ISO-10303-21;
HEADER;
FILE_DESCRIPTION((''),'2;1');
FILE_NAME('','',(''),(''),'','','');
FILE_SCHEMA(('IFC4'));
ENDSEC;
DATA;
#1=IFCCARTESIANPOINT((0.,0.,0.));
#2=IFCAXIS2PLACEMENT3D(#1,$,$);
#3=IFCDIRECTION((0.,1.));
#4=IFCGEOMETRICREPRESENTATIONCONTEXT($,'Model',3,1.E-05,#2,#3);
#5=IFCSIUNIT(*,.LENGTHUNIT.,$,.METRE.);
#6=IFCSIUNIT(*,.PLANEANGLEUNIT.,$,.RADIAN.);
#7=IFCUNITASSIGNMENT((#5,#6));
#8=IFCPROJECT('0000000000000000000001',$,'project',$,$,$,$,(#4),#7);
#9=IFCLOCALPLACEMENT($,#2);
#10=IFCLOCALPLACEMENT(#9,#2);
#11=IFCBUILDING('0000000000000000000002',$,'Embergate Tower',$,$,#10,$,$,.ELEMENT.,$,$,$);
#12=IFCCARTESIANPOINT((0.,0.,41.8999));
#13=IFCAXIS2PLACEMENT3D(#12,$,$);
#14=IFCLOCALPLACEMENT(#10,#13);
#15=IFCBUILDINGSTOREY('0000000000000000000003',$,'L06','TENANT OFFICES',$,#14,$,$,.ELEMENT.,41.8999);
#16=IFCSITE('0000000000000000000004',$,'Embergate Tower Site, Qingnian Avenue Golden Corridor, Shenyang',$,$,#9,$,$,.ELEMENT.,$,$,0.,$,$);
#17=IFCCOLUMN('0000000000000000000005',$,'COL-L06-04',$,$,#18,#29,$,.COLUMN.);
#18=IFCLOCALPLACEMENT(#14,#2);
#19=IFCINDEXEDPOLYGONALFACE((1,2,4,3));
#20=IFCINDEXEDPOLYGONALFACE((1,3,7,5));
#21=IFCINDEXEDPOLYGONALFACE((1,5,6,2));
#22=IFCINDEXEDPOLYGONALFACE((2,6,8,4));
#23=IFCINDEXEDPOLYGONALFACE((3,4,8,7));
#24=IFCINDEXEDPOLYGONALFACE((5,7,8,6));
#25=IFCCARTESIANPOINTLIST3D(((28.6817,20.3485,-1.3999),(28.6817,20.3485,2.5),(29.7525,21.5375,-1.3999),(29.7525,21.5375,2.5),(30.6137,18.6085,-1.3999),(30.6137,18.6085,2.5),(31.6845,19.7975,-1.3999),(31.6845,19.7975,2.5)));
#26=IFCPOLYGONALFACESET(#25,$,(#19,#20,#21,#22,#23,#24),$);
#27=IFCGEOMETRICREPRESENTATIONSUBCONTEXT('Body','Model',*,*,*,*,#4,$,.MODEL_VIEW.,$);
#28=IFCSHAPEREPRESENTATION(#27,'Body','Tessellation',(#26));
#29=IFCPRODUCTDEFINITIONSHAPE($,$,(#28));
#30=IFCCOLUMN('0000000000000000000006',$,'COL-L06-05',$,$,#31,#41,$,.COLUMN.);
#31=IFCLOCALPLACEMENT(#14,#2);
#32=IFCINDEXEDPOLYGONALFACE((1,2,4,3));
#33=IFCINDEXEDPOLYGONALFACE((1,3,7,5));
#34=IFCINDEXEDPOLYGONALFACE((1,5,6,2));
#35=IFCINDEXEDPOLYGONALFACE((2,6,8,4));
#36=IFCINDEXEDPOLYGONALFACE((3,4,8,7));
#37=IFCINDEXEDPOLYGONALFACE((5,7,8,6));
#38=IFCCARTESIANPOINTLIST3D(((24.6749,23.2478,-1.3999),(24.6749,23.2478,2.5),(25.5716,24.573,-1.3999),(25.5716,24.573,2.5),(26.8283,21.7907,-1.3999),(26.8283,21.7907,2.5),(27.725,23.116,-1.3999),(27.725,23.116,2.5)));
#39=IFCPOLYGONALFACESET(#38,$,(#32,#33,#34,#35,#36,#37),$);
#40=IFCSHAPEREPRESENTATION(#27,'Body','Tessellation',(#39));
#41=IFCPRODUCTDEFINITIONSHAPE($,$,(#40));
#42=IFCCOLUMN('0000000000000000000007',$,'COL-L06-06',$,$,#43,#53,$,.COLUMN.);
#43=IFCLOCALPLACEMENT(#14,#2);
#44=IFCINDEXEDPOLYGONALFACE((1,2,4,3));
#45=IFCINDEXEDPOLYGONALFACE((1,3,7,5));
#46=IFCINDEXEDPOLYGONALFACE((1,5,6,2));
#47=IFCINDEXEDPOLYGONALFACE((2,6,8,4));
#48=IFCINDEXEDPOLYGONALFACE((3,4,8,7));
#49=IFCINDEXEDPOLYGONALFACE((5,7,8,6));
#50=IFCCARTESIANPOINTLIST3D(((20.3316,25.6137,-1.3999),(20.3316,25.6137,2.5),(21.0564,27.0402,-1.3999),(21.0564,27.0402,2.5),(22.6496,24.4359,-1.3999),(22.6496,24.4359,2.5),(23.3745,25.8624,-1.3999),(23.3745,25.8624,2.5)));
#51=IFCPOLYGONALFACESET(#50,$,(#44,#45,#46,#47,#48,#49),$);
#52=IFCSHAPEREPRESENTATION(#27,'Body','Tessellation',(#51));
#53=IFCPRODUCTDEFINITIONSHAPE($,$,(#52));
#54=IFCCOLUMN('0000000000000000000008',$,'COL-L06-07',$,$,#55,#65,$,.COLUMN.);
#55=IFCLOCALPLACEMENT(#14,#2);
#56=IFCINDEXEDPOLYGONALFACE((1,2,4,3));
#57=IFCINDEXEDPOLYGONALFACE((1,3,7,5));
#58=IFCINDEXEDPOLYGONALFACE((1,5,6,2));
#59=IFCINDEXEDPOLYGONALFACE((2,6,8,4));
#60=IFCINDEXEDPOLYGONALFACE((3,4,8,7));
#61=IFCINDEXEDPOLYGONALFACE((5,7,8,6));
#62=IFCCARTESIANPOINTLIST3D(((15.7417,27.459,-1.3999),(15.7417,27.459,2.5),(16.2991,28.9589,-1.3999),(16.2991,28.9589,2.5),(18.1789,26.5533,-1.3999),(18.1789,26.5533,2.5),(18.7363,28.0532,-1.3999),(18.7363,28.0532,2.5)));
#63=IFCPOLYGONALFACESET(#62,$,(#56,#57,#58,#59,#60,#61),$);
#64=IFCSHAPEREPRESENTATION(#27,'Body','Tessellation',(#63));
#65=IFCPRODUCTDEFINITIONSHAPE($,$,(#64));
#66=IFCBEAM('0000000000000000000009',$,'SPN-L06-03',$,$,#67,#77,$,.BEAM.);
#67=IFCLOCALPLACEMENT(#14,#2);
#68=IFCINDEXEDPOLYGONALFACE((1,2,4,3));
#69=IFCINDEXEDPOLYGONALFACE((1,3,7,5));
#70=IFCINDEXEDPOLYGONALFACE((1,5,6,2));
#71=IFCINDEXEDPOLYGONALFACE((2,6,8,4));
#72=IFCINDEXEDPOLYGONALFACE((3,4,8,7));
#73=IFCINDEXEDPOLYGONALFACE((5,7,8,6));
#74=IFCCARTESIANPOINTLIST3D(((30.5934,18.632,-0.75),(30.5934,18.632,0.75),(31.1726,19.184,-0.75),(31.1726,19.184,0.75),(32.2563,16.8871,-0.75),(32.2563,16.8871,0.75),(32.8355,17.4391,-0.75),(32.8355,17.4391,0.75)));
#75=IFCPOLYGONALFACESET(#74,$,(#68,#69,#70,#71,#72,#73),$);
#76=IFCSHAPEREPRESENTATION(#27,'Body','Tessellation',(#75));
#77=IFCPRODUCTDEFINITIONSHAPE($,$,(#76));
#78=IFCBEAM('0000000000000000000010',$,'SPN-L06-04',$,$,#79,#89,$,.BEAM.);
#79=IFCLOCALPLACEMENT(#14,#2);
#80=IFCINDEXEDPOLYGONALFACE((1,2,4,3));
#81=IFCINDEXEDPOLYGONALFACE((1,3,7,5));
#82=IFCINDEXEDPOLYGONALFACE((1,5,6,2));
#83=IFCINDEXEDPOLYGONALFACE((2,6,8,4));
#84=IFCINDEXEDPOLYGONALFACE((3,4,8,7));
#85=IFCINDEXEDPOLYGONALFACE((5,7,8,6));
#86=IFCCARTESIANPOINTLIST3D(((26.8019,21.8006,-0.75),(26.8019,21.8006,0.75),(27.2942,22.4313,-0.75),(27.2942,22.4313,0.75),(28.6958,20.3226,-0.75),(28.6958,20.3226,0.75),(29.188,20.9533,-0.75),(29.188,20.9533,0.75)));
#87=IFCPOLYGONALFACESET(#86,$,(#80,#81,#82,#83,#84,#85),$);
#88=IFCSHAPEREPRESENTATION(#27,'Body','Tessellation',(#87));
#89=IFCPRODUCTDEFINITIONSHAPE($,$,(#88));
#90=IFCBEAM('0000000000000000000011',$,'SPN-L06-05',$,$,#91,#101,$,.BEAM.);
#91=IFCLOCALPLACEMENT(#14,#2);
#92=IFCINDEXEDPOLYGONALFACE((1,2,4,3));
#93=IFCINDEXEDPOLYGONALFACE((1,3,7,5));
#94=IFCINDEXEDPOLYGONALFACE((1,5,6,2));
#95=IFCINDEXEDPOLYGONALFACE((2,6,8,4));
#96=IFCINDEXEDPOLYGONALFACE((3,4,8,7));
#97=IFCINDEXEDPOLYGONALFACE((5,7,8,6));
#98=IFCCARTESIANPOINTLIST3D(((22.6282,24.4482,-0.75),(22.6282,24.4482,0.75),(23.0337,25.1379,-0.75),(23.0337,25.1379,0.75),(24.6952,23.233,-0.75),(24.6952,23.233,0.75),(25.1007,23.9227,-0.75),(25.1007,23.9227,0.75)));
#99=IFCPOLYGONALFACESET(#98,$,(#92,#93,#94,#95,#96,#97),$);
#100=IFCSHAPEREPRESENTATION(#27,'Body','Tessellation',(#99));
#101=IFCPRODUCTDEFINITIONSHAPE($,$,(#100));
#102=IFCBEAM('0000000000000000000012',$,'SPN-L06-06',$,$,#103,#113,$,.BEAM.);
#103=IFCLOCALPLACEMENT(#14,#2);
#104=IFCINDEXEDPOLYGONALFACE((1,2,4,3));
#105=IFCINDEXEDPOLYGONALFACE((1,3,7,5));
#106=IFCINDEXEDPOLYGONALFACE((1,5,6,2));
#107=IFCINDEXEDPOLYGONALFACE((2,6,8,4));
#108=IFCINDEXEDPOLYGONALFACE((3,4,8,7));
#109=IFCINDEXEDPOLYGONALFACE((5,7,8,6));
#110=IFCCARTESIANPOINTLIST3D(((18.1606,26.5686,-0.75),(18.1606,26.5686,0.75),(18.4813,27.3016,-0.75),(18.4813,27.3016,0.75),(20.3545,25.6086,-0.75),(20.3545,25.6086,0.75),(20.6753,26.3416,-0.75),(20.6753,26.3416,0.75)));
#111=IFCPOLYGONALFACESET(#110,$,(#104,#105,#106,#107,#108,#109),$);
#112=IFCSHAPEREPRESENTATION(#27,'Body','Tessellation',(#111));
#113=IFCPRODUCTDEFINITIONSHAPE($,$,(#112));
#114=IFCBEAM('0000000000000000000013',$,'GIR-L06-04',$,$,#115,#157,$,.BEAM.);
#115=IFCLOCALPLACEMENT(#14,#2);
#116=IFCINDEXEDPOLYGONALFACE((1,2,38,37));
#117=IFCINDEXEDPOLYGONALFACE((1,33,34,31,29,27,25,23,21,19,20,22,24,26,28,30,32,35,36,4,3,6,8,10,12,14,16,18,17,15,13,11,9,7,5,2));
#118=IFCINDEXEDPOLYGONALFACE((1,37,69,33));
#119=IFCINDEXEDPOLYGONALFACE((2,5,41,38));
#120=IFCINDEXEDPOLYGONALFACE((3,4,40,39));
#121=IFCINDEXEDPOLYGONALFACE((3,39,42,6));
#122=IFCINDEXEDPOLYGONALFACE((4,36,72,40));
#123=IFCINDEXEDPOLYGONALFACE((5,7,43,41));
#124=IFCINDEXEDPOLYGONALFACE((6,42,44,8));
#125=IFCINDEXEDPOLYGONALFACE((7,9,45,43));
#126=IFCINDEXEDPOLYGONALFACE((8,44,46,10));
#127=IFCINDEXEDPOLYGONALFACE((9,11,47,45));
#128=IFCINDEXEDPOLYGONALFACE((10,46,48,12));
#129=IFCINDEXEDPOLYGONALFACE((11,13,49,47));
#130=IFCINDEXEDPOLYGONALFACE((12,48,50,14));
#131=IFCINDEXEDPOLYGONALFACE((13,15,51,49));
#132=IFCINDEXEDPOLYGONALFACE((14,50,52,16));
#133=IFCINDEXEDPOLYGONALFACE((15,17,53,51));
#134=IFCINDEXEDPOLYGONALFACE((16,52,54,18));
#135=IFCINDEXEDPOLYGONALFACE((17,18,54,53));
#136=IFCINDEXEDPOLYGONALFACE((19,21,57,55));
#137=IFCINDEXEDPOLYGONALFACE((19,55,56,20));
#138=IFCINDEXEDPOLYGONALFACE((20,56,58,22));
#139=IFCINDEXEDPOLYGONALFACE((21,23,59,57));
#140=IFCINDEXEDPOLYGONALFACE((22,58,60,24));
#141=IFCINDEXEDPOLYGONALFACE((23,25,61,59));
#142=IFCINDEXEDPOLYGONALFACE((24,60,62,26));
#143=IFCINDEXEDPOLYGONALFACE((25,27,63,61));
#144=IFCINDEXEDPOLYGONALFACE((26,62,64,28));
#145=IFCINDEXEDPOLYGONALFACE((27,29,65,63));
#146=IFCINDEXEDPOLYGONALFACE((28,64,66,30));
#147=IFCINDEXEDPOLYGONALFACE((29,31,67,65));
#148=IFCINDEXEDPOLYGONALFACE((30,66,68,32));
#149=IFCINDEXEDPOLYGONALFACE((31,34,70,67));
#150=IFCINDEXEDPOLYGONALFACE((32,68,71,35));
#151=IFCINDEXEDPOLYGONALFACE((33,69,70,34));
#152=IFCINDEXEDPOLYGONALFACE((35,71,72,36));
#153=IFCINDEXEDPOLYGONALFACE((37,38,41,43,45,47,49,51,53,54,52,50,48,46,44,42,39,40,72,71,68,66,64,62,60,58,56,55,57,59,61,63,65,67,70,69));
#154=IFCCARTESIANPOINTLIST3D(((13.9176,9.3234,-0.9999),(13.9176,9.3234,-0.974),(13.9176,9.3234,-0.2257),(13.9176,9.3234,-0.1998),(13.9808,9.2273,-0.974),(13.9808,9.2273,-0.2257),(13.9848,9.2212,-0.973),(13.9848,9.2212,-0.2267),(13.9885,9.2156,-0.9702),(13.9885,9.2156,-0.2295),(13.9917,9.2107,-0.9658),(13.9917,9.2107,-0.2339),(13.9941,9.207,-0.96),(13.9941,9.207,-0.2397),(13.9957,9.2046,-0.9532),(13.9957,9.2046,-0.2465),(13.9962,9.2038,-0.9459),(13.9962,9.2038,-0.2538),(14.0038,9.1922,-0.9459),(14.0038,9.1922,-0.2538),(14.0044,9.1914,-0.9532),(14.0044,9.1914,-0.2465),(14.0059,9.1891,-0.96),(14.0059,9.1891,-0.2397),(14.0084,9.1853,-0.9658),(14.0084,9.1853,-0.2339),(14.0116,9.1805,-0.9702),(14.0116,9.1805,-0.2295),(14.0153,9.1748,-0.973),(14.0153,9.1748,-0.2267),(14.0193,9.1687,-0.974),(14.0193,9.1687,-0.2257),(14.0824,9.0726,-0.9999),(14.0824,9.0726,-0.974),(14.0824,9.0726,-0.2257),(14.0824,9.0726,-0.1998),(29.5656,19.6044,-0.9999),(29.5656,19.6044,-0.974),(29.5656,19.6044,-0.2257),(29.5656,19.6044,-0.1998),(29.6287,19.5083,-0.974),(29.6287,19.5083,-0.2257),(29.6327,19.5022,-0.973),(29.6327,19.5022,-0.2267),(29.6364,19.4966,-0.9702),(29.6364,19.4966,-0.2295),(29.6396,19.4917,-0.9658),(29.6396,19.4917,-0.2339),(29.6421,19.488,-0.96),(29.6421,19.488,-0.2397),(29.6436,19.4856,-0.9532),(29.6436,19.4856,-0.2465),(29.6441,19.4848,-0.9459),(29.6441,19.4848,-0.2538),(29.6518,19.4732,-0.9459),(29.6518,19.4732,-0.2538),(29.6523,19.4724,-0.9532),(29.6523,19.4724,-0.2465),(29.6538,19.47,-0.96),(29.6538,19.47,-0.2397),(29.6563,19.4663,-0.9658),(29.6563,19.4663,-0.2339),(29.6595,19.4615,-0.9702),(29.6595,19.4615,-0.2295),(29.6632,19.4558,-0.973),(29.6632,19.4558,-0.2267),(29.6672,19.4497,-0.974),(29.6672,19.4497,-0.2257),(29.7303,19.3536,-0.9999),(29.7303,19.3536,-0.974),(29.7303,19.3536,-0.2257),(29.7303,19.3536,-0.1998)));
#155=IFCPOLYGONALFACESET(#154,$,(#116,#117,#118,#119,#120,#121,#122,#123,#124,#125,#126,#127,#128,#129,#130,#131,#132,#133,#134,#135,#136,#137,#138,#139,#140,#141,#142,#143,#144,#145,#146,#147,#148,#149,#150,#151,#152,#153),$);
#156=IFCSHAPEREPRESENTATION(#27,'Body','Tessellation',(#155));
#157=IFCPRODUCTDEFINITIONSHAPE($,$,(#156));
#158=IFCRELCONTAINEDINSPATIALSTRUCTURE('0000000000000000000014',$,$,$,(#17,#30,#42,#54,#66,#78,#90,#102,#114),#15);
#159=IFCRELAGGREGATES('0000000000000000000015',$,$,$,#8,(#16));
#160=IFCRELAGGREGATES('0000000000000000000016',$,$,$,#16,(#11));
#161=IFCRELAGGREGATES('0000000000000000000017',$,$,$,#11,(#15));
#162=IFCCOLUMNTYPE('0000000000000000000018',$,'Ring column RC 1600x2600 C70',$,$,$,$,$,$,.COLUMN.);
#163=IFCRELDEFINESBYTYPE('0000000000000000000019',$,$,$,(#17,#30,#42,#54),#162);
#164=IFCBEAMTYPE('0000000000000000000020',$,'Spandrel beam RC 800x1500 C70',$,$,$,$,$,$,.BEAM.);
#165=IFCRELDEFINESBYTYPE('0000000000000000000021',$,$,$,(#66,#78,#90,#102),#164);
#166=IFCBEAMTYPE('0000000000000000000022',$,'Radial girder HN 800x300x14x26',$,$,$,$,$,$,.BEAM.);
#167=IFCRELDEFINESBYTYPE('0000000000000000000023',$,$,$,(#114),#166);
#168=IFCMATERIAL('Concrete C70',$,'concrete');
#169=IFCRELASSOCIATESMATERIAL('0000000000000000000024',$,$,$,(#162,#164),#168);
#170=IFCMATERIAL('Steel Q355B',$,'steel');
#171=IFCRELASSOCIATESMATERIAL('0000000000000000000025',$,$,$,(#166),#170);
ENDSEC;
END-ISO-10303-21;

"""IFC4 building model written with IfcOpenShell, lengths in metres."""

from ifc_helpers import new_model, si_unit, direction, frame, origin, origin_2d, place, context, subcontext, project, spatial, rectangle, i_section, extrude, source, transform, mapped, material, material_profile, profile_set, type_object, element, save


model = new_model("IFC4")

# Units and contexts
model_context = context("Model", 3, precision=1e-05, world=origin(), true_north=direction((0.0, 1.0)))
body_context = subcontext(model_context, "Body", "Model", "MODEL_VIEW")
ifc_project = project(units=[si_unit("LENGTHUNIT", "METRE"), si_unit("PLANEANGLEUNIT", "RADIAN")], contexts=[model_context])

# Site, building, storey
site_placement = place(None, origin())
site = spatial("IfcSite", under=ifc_project, at=site_placement, Name="Embergate Tower Site, Qingnian Avenue Golden Corridor, Shenyang", CompositionType="ELEMENT", RefElevation=0.0)
building_placement = place(site_placement, origin())
building = spatial("IfcBuilding", under=site, at=building_placement, Name="Embergate Tower", CompositionType="ELEMENT")
storey_placement = place(building_placement, frame((0.0, 0.0, 41.8999)))
storey = spatial("IfcBuildingStorey", under=building, at=storey_placement, Name="L06", Description="TENANT OFFICES", CompositionType="ELEMENT", Elevation=41.8999)

# Columns
ifc_material_1 = material(Name="Concrete C70", Category="concrete")
ifc_material_profile_1 = material_profile(ifc_material_1, rectangle(XDim=1.6001, YDim=2.6001, at=origin_2d()), Name="RC 1600x2600")
ifc_profile_set_1 = profile_set([ifc_material_profile_1], Name="Concrete C70")
column_type = type_object("IfcColumnType", Name="Ring column RC 1600x2600 C70", PredefinedType="COLUMN", material=ifc_profile_set_1)
shared_shape_1 = source(origin(), body_context, "Body", "SweptSolid", [
    extrude(rectangle(XDim=1.6001, YDim=2.6001, at=origin_2d()), origin(), (0.0, 0.0, 1.0), 3.8999),
])
for number, where, z_axis, x_axis, name in (
    (1, (30.1831, 20.073, -1.3999), (0.0, 0.0, 1.0), (0.669208, 0.743075, 0.0), "COL-L06-04"),
    (2, (26.2, 23.1819, -1.3999), (0.0, 0.0, 1.0), (0.560393, 0.828227, 0.0), "COL-L06-05"),
    (3, (21.853, 25.738, -1.3999), (0.0, 0.0, 1.0), (0.452995, 0.891513, 0.0), "COL-L06-06"),
    (4, (17.239, 27.7561, -1.3999), (0.0, 0.0, 1.0), (0.348343, 0.937367, 0.0), "COL-L06-07"),
):
    element("IfcColumn", number, at=place(storey_placement, frame(where, z_axis=z_axis, x_axis=x_axis)), inside=storey, type_object=column_type, Name=name, PredefinedType="COLUMN", context=body_context, shape_type="MappedRepresentation", body=[
        mapped(shared_shape_1, transform((0.0, 0.0, 0.0))),
    ])

# Beams
ifc_material_profile_2 = material_profile(ifc_material_1, rectangle(XDim=0.8, YDim=1.5, at=origin_2d()), Name="RC 800x1500")
ifc_profile_set_2 = profile_set([ifc_material_profile_2], Name="Concrete C70")
beam_type_1 = type_object("IfcBeamType", Name="Spandrel beam RC 800x1500 C70", PredefinedType="BEAM", material=ifc_profile_set_2)
shared_shape_2 = source(origin(), body_context, "Body", "SweptSolid", [
    extrude(rectangle(XDim=0.8, YDim=1.5, at=origin_2d()), origin(), (0.0, 0.0, 1.0), 2.4104),
])
beam_1_placement = place(storey_placement, frame((32.5459, 17.1631, 0.0), z_axis=(-0.689885, 0.723919, 0.0), x_axis=(-0.723919, -0.689885, 0.0)))
element("IfcBeam", 5, at=beam_1_placement, inside=storey, type_object=beam_type_1, Name="SPN-L06-03", PredefinedType="BEAM", context=body_context, shape_type="MappedRepresentation", body=[
    mapped(shared_shape_2, transform((0.0, 0.0, 0.0))),
])
shared_shape_3 = source(origin(), body_context, "Body", "SweptSolid", [
    extrude(rectangle(XDim=0.8, YDim=1.5, at=origin_2d()), origin(), (0.0, 0.0, 1.0), 2.4023),
])
beam_2_placement = place(storey_placement, frame((28.9419, 20.6379, 0.0), z_axis=(-0.788328, 0.615255, 0.0), x_axis=(-0.615255, -0.788328, 0.0)))
element("IfcBeam", 6, at=beam_2_placement, inside=storey, type_object=beam_type_1, Name="SPN-L06-04", PredefinedType="BEAM", context=body_context, shape_type="MappedRepresentation", body=[
    mapped(shared_shape_3, transform((0.0, 0.0, 0.0))),
])
shared_shape_4 = source(origin(), body_context, "Body", "SweptSolid", [
    extrude(rectangle(XDim=0.8, YDim=1.5, at=origin_2d()), origin(), (0.0, 0.0, 1.0), 2.3977),
])
beam_3_placement = place(storey_placement, frame((24.8979, 23.5779, 0.0), z_axis=(-0.862068, 0.506793, 0.0), x_axis=(-0.506793, -0.862068, 0.0)))
element("IfcBeam", 7, at=beam_3_placement, inside=storey, type_object=beam_type_1, Name="SPN-L06-05", PredefinedType="BEAM", context=body_context, shape_type="MappedRepresentation", body=[
    mapped(shared_shape_4, transform((0.0, 0.0, 0.0))),
])
shared_shape_5 = source(origin(), body_context, "Body", "SweptSolid", [
    extrude(rectangle(XDim=0.8, YDim=1.5, at=origin_2d()), origin(), (0.0, 0.0, 1.0), 2.3948),
])
beam_4_placement = place(storey_placement, frame((20.5149, 25.9751, 0.0), z_axis=(-0.916134, 0.400872, 0.0), x_axis=(-0.400872, -0.916134, 0.0)))
element("IfcBeam", 8, at=beam_4_placement, inside=storey, type_object=beam_type_1, Name="SPN-L06-06", PredefinedType="BEAM", context=body_context, shape_type="MappedRepresentation", body=[
    mapped(shared_shape_5, transform((0.0, 0.0, 0.0))),
])
ifc_material_2 = material(Name="Steel Q355B", Category="steel")
ifc_material_profile_3 = material_profile(ifc_material_2, i_section(OverallWidth=0.3, OverallDepth=0.8, WebThickness=0.0139, FlangeThickness=0.0259, FilletRadius=0.0281, at=origin_2d()), Name="HN 800x300x14x26")
ifc_profile_set_3 = profile_set([ifc_material_profile_3], Name="Steel Q355 grade B")
beam_type_2 = type_object("IfcBeamType", Name="Radial girder HN 800x300x14x26", PredefinedType="BEAM", material=ifc_profile_set_3)
shared_shape_6 = source(origin(), body_context, "Body", "SweptSolid", [
    extrude(i_section(OverallWidth=0.3, OverallDepth=0.8, WebThickness=0.0139, FlangeThickness=0.0259, FilletRadius=0.0281, at=origin_2d()), origin(), (0.0, 0.0, 1.0), 18.7231),
])
beam_5_placement = place(storey_placement, frame((29.6479, 19.479, -0.5999), z_axis=(-0.835753, -0.549106, 0.0), x_axis=(0.549106, -0.835753, 0.0)))
element("IfcBeam", 9, at=beam_5_placement, inside=storey, type_object=beam_type_2, Name="GIR-L06-04", PredefinedType="BEAM", context=body_context, shape_type="MappedRepresentation", body=[
    mapped(shared_shape_6, transform((0.0, 0.0, 0.0))),
])

save(model, "model.ifc")
